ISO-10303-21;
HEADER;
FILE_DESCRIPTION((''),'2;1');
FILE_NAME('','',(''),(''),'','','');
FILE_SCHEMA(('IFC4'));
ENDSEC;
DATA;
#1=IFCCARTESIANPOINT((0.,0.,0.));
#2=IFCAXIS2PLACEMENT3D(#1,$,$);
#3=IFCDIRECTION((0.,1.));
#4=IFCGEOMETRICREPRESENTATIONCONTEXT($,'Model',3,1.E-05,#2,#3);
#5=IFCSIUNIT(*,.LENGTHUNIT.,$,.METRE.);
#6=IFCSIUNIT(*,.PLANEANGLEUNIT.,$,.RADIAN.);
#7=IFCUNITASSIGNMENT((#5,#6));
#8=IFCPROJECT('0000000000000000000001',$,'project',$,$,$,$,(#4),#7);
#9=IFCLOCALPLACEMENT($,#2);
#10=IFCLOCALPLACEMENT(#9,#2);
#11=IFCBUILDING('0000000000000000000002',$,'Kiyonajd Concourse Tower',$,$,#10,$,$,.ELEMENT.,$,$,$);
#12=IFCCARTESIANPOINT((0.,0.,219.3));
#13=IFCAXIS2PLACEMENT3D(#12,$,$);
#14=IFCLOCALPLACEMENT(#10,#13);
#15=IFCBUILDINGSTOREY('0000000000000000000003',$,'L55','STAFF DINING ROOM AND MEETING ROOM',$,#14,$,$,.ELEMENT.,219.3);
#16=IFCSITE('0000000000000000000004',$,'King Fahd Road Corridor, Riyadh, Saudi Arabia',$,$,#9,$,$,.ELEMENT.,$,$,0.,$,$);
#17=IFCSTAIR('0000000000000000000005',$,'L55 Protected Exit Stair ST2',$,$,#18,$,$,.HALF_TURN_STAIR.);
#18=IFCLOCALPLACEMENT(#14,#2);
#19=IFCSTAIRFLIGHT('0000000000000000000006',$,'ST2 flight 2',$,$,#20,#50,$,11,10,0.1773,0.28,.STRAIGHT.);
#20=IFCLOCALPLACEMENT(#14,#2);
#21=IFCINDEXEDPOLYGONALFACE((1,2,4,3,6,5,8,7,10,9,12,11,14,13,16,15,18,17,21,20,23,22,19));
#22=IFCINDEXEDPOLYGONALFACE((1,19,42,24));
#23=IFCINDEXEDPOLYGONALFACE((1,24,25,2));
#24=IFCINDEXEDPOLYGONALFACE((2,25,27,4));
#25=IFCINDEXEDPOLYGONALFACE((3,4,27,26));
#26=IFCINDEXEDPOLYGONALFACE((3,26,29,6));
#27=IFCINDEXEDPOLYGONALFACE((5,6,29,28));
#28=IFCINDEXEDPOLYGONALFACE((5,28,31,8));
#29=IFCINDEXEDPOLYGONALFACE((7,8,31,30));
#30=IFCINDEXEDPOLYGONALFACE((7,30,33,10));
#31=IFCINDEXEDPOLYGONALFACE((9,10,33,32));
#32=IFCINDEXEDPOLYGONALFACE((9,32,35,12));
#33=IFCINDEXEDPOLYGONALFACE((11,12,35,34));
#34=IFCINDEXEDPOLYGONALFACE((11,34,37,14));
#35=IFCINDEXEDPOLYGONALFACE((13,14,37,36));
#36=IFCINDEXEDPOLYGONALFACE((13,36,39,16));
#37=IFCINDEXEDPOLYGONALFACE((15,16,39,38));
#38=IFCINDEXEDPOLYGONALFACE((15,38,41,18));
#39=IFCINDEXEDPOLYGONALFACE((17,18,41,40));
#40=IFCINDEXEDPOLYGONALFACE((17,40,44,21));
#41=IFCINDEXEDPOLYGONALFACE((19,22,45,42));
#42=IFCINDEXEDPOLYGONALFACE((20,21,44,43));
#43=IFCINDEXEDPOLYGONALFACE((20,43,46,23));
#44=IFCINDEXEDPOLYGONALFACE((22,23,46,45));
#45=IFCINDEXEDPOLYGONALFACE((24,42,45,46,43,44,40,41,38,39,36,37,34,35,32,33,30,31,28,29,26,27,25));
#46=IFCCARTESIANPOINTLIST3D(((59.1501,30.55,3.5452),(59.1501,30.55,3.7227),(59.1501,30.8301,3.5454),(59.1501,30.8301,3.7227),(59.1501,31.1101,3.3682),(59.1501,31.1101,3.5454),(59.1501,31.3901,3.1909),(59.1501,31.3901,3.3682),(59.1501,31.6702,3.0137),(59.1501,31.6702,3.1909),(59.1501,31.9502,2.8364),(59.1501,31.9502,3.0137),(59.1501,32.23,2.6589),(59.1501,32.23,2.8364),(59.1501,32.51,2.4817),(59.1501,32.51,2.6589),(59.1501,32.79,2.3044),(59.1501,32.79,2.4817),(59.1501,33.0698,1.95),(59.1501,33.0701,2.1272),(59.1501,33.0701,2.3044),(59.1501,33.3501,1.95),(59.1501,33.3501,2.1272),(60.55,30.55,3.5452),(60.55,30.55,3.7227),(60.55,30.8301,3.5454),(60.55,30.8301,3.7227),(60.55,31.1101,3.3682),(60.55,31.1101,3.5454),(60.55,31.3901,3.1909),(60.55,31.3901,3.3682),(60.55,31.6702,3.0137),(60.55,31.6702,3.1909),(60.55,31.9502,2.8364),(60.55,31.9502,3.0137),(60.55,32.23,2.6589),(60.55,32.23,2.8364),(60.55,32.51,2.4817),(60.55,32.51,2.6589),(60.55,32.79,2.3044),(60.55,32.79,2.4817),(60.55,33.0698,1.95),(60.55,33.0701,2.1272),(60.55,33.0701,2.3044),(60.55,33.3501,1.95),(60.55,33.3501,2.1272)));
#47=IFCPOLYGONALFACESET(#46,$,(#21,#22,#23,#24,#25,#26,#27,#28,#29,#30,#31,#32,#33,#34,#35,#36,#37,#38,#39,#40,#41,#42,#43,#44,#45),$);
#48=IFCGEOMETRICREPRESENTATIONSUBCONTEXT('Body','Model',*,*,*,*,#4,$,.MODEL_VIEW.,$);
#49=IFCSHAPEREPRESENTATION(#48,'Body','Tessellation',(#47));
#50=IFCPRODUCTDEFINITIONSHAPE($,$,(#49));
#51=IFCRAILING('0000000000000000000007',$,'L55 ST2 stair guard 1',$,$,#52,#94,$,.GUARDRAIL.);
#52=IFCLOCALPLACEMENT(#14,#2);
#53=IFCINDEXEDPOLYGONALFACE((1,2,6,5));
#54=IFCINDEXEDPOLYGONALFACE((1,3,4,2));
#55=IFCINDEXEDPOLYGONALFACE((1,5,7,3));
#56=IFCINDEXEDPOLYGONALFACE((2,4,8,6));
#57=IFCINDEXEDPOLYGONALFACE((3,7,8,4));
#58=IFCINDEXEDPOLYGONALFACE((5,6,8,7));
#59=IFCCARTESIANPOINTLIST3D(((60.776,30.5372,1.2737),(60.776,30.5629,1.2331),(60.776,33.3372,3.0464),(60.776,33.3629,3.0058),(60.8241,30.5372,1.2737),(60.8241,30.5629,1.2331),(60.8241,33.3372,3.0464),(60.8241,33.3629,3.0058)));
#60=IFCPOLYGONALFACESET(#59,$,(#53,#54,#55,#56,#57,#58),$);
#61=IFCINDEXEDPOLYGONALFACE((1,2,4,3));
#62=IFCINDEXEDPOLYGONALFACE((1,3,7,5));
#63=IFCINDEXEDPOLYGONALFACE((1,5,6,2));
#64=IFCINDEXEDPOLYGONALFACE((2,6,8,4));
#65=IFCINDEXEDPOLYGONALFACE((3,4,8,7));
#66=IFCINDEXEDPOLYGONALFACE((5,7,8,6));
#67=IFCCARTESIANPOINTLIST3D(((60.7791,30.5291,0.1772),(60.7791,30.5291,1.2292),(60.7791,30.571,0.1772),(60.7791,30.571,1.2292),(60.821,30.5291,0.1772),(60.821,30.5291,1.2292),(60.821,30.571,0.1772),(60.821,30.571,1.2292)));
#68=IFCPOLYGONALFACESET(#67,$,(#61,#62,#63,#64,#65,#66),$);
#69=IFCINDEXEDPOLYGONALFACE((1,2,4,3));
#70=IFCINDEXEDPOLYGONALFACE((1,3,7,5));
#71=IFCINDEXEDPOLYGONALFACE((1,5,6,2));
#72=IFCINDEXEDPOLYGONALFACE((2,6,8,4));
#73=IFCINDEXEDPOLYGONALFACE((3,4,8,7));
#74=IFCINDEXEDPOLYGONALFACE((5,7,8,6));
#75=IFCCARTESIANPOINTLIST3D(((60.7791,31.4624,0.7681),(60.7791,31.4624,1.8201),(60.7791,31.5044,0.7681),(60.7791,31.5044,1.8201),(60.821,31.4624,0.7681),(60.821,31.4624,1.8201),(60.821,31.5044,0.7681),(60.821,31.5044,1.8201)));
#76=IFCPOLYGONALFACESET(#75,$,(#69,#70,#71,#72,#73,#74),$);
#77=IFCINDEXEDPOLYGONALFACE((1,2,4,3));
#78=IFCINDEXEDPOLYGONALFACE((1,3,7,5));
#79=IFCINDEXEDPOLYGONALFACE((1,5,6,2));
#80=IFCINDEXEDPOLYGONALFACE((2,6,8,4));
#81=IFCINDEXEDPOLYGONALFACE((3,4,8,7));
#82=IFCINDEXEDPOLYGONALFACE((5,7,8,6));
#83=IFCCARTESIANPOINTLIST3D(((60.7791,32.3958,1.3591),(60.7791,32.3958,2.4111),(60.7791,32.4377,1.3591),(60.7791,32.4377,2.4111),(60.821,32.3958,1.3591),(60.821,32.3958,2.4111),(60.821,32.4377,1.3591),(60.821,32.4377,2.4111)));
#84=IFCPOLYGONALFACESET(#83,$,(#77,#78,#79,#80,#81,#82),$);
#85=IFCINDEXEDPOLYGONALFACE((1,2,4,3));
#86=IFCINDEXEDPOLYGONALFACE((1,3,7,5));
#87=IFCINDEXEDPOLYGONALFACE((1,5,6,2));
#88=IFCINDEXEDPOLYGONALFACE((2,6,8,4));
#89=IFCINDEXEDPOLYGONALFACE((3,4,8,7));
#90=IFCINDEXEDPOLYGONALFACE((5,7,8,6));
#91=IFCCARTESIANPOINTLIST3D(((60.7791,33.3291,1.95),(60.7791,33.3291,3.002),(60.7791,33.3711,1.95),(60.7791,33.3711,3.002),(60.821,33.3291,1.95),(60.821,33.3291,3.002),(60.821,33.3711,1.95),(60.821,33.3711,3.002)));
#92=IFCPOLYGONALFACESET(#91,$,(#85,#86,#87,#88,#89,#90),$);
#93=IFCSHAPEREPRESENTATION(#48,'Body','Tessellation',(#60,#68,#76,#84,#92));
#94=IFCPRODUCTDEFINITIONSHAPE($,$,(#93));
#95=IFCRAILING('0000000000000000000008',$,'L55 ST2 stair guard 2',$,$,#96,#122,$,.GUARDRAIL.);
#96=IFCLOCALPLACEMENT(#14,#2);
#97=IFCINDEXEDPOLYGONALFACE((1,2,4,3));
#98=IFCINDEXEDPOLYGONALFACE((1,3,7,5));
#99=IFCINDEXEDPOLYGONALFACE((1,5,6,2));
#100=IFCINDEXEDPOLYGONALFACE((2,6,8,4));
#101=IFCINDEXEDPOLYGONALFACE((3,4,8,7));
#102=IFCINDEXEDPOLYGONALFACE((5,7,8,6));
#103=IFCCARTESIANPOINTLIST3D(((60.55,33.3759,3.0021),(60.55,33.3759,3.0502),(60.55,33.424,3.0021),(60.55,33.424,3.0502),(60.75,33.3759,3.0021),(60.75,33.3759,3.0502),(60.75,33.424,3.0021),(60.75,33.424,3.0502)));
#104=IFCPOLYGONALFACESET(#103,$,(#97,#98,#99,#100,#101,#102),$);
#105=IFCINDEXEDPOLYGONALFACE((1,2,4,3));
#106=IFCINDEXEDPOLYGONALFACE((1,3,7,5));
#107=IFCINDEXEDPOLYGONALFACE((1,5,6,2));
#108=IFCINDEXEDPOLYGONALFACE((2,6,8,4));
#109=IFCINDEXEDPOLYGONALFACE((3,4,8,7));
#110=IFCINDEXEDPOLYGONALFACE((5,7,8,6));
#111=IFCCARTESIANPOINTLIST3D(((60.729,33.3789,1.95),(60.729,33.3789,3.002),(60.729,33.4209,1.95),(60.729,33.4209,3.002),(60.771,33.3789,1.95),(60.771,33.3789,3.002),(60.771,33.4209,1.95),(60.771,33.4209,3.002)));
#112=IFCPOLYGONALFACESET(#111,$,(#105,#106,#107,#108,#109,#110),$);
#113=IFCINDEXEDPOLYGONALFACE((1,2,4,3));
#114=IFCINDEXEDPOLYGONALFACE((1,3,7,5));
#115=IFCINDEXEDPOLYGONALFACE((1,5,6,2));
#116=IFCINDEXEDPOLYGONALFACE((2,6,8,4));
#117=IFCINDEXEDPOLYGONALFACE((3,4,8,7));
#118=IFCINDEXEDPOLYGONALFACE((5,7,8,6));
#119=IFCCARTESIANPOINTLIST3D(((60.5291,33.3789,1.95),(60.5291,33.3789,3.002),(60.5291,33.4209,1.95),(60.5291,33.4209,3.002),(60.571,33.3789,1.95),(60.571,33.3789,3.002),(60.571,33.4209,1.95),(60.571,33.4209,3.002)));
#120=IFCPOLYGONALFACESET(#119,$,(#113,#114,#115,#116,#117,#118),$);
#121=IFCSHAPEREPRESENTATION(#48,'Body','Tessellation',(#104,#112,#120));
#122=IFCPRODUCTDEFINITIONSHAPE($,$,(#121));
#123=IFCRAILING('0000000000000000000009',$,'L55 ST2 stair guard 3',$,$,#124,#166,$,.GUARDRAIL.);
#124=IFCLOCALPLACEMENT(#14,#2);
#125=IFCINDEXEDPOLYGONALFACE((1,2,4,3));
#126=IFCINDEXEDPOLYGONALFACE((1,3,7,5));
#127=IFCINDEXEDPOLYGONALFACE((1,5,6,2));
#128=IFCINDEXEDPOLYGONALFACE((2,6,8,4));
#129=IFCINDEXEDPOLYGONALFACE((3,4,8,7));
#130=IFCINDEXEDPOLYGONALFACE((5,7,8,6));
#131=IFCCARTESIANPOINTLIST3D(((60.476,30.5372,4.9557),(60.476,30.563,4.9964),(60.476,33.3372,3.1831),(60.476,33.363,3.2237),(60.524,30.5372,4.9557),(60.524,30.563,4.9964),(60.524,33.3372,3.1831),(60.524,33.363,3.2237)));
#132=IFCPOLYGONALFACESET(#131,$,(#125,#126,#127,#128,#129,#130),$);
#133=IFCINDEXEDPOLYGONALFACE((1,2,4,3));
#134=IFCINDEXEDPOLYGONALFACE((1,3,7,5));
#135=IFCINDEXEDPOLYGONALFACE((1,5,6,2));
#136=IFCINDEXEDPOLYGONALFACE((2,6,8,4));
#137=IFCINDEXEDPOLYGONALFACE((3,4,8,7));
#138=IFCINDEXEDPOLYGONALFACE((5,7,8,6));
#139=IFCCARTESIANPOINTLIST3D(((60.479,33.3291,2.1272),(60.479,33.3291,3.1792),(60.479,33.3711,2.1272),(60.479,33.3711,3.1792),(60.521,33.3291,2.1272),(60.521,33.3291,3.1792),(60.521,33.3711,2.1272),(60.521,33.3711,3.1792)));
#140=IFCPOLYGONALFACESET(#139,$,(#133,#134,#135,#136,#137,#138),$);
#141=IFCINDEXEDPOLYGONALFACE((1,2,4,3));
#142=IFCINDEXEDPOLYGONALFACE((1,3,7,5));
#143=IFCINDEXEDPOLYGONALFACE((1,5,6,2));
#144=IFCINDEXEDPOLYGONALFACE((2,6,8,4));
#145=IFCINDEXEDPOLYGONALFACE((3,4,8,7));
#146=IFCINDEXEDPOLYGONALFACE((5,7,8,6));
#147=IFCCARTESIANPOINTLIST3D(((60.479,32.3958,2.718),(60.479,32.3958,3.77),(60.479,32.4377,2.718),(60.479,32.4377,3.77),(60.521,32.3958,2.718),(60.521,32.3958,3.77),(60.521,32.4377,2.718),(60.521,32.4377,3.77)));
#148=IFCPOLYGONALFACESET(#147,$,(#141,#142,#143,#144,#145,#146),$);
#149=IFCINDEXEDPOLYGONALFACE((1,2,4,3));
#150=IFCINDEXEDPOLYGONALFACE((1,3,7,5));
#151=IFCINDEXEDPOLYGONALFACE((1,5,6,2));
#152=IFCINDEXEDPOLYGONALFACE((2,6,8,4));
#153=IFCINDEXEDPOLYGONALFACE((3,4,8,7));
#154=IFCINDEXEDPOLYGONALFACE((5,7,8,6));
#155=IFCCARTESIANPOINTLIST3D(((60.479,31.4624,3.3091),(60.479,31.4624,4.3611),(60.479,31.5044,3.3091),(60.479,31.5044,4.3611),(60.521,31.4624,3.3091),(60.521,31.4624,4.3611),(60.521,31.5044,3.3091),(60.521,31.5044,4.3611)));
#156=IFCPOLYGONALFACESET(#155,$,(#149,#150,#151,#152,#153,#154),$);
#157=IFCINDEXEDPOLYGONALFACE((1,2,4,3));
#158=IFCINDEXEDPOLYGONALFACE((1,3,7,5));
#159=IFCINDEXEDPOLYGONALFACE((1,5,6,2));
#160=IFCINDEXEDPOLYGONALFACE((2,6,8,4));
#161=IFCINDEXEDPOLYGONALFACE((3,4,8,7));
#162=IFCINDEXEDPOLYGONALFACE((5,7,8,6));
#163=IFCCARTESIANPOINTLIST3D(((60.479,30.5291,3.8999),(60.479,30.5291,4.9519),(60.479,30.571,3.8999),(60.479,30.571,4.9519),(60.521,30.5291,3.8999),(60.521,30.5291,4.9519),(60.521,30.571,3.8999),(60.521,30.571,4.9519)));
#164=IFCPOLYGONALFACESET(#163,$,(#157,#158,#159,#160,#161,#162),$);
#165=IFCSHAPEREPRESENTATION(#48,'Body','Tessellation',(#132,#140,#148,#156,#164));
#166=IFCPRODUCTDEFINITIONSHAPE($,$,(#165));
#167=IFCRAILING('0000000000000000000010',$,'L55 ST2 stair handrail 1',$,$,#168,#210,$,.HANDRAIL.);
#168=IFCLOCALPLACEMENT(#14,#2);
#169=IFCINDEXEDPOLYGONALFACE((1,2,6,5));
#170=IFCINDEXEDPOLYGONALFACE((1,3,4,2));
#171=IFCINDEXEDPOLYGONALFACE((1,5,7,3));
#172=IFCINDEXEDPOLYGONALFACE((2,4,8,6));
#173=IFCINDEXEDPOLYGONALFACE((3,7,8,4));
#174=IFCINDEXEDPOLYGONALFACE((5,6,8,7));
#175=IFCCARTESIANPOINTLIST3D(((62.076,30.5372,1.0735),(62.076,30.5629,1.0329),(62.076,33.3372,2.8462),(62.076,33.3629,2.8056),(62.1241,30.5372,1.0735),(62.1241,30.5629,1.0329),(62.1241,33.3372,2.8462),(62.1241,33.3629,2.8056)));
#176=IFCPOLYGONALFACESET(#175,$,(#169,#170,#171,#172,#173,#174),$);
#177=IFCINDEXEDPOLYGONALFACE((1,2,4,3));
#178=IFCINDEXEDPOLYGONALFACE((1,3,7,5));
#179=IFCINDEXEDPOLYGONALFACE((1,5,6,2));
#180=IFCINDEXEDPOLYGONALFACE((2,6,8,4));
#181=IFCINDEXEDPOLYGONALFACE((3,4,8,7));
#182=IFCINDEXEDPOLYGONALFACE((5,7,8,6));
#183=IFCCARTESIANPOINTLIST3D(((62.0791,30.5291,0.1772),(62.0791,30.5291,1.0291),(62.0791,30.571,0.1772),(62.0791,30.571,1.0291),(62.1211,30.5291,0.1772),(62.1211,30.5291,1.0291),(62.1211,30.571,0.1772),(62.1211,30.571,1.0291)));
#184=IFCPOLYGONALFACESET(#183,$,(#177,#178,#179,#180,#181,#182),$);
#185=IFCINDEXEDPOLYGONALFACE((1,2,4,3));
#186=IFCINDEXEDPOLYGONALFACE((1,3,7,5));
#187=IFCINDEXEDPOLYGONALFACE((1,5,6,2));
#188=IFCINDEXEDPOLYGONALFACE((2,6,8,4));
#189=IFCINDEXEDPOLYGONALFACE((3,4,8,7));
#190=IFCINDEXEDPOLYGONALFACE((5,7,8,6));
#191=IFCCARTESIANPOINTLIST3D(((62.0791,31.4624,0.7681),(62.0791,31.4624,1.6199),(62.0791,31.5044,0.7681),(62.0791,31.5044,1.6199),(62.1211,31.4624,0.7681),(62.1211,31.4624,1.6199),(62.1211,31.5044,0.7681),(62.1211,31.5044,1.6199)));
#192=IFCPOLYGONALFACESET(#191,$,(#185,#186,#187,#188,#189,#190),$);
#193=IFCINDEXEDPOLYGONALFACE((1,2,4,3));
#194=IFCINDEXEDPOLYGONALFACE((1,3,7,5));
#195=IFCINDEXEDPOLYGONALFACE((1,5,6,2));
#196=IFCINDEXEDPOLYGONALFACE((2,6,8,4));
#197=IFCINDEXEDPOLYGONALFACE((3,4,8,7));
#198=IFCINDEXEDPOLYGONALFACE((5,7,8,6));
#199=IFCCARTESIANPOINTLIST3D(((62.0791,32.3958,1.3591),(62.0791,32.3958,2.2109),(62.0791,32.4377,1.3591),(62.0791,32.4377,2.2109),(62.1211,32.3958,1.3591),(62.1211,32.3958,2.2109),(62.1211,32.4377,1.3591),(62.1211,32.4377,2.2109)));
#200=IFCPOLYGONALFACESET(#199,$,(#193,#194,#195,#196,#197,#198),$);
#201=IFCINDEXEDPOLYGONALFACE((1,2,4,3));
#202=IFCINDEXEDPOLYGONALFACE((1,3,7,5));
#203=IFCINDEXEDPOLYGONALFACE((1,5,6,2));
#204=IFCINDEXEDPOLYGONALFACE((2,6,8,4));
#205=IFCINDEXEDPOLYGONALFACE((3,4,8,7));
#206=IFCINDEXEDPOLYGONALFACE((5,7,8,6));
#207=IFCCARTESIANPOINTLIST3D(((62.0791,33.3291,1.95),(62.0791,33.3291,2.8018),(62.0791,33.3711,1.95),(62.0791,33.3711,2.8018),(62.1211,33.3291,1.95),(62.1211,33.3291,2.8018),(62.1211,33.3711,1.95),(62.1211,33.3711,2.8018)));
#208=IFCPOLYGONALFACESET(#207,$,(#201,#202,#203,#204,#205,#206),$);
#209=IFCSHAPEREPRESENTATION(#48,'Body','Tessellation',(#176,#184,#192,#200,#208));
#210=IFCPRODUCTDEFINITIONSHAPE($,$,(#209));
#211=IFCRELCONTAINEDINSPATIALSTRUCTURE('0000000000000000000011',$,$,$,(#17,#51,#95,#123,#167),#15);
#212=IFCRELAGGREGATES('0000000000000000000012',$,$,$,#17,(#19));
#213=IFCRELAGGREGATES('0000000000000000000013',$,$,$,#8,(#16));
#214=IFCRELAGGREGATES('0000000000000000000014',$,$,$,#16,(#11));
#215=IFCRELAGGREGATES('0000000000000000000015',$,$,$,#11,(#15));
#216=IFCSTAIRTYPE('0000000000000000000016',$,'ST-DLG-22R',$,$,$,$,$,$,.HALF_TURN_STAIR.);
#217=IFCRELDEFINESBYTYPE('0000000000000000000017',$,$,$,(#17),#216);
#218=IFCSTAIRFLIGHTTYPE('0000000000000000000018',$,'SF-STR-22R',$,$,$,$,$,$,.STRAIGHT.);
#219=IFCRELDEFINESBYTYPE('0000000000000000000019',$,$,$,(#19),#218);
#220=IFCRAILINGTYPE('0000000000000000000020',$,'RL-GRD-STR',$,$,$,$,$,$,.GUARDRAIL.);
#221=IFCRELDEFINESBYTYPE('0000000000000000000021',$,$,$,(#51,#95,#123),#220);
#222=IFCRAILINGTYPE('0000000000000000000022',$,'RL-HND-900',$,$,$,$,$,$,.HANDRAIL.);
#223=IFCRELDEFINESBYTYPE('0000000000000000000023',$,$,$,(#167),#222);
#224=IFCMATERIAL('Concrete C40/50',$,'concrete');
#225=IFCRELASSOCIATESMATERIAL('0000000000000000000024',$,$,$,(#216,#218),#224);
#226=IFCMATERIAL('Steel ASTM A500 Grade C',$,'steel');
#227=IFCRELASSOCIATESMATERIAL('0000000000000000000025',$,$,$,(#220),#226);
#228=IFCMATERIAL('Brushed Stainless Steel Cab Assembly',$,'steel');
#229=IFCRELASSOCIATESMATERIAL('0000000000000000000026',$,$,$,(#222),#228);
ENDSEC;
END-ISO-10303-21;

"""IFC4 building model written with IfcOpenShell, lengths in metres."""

from ifc_helpers import new_model, si_unit, direction, frame, origin, origin_2d, place, context, subcontext, project, spatial, polyline, rectangle, outline, extrude, material, type_object, element, aggregate, save


model = new_model("IFC4")

# Units and contexts
model_context = context("Model", 3, precision=1e-05, world=origin(), true_north=direction((0.0, 1.0)))
body_context = subcontext(model_context, "Body", "Model", "MODEL_VIEW")
ifc_project = project(units=[si_unit("LENGTHUNIT", "METRE"), si_unit("PLANEANGLEUNIT", "RADIAN")], contexts=[model_context])

# Site, building, storey
site_placement = place(None, origin())
site = spatial("IfcSite", under=ifc_project, at=site_placement, Name="King Fahd Road Corridor, Riyadh, Saudi Arabia", CompositionType="ELEMENT", RefElevation=0.0)
building_placement = place(site_placement, origin())
building = spatial("IfcBuilding", under=site, at=building_placement, Name="Kiyonajd Concourse Tower", CompositionType="ELEMENT")
storey_placement = place(building_placement, frame((0.0, 0.0, 219.3)))
storey = spatial("IfcBuildingStorey", under=building, at=storey_placement, Name="L55", Description="STAFF DINING ROOM AND MEETING ROOM", CompositionType="ELEMENT", Elevation=219.3)

# Shared definitions
ifc_material_1 = material(Name="Brushed Stainless Steel Cab Assembly", Category="steel")

# Stair, stair flight
ifc_material_2 = material(Name="Concrete C40/50", Category="concrete")
stair_type = type_object("IfcStairType", Name="ST-DLG-22R", PredefinedType="HALF_TURN_STAIR", material=ifc_material_2)
stair_placement = place(storey_placement, origin())
stair = element("IfcStair", 1, at=stair_placement, inside=storey, type_object=stair_type, Name="L55 Protected Exit Stair ST2", PredefinedType="HALF_TURN_STAIR")
stair_flight_type = type_object("IfcStairFlightType", Name="SF-STR-22R", PredefinedType="STRAIGHT", material=ifc_material_2)
stair_flight_1_placement = place(storey_placement, frame((59.8501, 33.3501, 1.95), z_axis=(0.0, 0.0, 1.0), x_axis=(0.0, -1.0, 0.0)))
stair_flight_1 = element("IfcStairFlight", 2, at=stair_flight_1_placement, type_object=stair_flight_type, Name="ST2 flight 2", NumberOfRisers=11, NumberOfTreads=10, PredefinedType="STRAIGHT", RiserHeight=0.1773, TreadLength=0.28, context=body_context, shape_type="SweptSolid", body=[
    extrude(outline(polyline([(0.0, 0.0), (0.0, 0.1772), (0.28, 0.1772), (0.28, 0.3545), (0.5601, 0.3545), (0.5601, 0.5317), (0.8401, 0.5317), (0.8401, 0.709), (1.1201, 0.709), (1.1201, 0.8865), (1.3999, 0.8865), (1.3999, 1.0637), (1.6799, 1.0637), (1.6799, 1.241), (1.96, 1.241), (1.96, 1.4182), (2.24, 1.4182), (2.24, 1.5955), (2.52, 1.5955), (2.52, 1.7727), (2.8, 1.7727), (2.8, 1.95), (2.8, 1.5952), (0.2803, 0.0), (0.0, 0.0)])), frame((0.0, 0.7, 0.0), z_axis=(0.0, -1.0, 0.0), x_axis=(1.0, 0.0, 0.0)), (0.0, 0.0, 1.0), 1.3999),
])
aggregate(stair, [stair_flight_1])

# Railings
ifc_material_3 = material(Name="Steel ASTM A500 Grade C", Category="steel")
railing_type_1 = type_object("IfcRailingType", Name="RL-GRD-STR", PredefinedType="GUARDRAIL", material=ifc_material_3)
railing_1_placement = place(storey_placement, frame((60.8, 30.55, 0.1772)))
element("IfcRailing", 3, at=railing_1_placement, inside=storey, type_object=railing_type_1, Name="L55 ST2 stair guard 1", PredefinedType="GUARDRAIL", context=body_context, shape_type="SweptSolid", body=[
    extrude(rectangle(XDim=0.0481, YDim=0.0481, at=origin_2d()), frame((0.0, 0.0, 1.0762), z_axis=(0.0, 0.844909, 0.53491), x_axis=(-1.0, 0.0, 0.0)), (0.0, 0.0, 1.0), 3.314),
    extrude(rectangle(XDim=0.042, YDim=0.042, at=origin_2d()), origin(), (0.0, 0.0, 1.0), 1.052),
    extrude(rectangle(XDim=0.042, YDim=0.042, at=origin_2d()), frame((0.0, 0.9333, 0.5908)), (0.0, 0.0, 1.0), 1.052),
    extrude(rectangle(XDim=0.042, YDim=0.042, at=origin_2d()), frame((0.0, 1.8667, 1.1819)), (0.0, 0.0, 1.0), 1.052),
    extrude(rectangle(XDim=0.042, YDim=0.042, at=origin_2d()), frame((0.0, 2.8, 1.7727)), (0.0, 0.0, 1.0), 1.052),
])
railing_2_placement = place(storey_placement, frame((60.75, 33.3999, 1.95)))
element("IfcRailing", 4, at=railing_2_placement, inside=storey, type_object=railing_type_1, Name="L55 ST2 stair guard 2", PredefinedType="GUARDRAIL", context=body_context, shape_type="SweptSolid", body=[
    extrude(rectangle(XDim=0.0481, YDim=0.0481, at=origin_2d()), frame((0.0, 0.0, 1.0762), z_axis=(-1.0, 0.0, 0.0), x_axis=(0.0, -1.0, 0.0)), (0.0, 0.0, 1.0), 0.2),
    extrude(rectangle(XDim=0.042, YDim=0.042, at=origin_2d()), origin(), (0.0, 0.0, 1.0), 1.052),
    extrude(rectangle(XDim=0.042, YDim=0.042, at=origin_2d()), frame((-0.2, 0.0, 0.0)), (0.0, 0.0, 1.0), 1.052),
])
railing_3_placement = place(storey_placement, frame((60.5, 33.3501, 2.1272)))
element("IfcRailing", 5, at=railing_3_placement, inside=storey, type_object=railing_type_1, Name="L55 ST2 stair guard 3", PredefinedType="GUARDRAIL", context=body_context, shape_type="SweptSolid", body=[
    extrude(rectangle(XDim=0.0481, YDim=0.0481, at=origin_2d()), frame((0.0, 0.0, 1.0762), z_axis=(0.0, -0.844909, 0.53491), x_axis=(1.0, 0.0, 0.0)), (0.0, 0.0, 1.0), 3.314),
    extrude(rectangle(XDim=0.042, YDim=0.042, at=origin_2d()), origin(), (0.0, 0.0, 1.0), 1.052),
    extrude(rectangle(XDim=0.042, YDim=0.042, at=origin_2d()), frame((0.0, -0.9333, 0.5908)), (0.0, 0.0, 1.0), 1.052),
    extrude(rectangle(XDim=0.042, YDim=0.042, at=origin_2d()), frame((0.0, -1.8667, 1.1819)), (0.0, 0.0, 1.0), 1.052),
    extrude(rectangle(XDim=0.042, YDim=0.042, at=origin_2d()), frame((0.0, -2.8, 1.7727)), (0.0, 0.0, 1.0), 1.052),
])
railing_type_2 = type_object("IfcRailingType", Name="RL-HND-900", PredefinedType="HANDRAIL", material=ifc_material_1)
railing_4_placement = place(storey_placement, frame((62.1001, 30.55, 0.1772)))
element("IfcRailing", 6, at=railing_4_placement, inside=storey, type_object=railing_type_2, Name="L55 ST2 stair handrail 1", PredefinedType="HANDRAIL", context=body_context, shape_type="SweptSolid", body=[
    extrude(rectangle(XDim=0.0481, YDim=0.0481, at=origin_2d()), frame((0.0, 0.0, 0.876), z_axis=(0.0, 0.844909, 0.53491), x_axis=(-1.0, 0.0, 0.0)), (0.0, 0.0, 1.0), 3.314),
    extrude(rectangle(XDim=0.042, YDim=0.042, at=origin_2d()), origin(), (0.0, 0.0, 1.0), 0.8518),
    extrude(rectangle(XDim=0.042, YDim=0.042, at=origin_2d()), frame((0.0, 0.9333, 0.5908)), (0.0, 0.0, 1.0), 0.8518),
    extrude(rectangle(XDim=0.042, YDim=0.042, at=origin_2d()), frame((0.0, 1.8667, 1.1819)), (0.0, 0.0, 1.0), 0.8518),
    extrude(rectangle(XDim=0.042, YDim=0.042, at=origin_2d()), frame((0.0, 2.8, 1.7727)), (0.0, 0.0, 1.0), 0.8518),
])

save(model, "model.ifc")
